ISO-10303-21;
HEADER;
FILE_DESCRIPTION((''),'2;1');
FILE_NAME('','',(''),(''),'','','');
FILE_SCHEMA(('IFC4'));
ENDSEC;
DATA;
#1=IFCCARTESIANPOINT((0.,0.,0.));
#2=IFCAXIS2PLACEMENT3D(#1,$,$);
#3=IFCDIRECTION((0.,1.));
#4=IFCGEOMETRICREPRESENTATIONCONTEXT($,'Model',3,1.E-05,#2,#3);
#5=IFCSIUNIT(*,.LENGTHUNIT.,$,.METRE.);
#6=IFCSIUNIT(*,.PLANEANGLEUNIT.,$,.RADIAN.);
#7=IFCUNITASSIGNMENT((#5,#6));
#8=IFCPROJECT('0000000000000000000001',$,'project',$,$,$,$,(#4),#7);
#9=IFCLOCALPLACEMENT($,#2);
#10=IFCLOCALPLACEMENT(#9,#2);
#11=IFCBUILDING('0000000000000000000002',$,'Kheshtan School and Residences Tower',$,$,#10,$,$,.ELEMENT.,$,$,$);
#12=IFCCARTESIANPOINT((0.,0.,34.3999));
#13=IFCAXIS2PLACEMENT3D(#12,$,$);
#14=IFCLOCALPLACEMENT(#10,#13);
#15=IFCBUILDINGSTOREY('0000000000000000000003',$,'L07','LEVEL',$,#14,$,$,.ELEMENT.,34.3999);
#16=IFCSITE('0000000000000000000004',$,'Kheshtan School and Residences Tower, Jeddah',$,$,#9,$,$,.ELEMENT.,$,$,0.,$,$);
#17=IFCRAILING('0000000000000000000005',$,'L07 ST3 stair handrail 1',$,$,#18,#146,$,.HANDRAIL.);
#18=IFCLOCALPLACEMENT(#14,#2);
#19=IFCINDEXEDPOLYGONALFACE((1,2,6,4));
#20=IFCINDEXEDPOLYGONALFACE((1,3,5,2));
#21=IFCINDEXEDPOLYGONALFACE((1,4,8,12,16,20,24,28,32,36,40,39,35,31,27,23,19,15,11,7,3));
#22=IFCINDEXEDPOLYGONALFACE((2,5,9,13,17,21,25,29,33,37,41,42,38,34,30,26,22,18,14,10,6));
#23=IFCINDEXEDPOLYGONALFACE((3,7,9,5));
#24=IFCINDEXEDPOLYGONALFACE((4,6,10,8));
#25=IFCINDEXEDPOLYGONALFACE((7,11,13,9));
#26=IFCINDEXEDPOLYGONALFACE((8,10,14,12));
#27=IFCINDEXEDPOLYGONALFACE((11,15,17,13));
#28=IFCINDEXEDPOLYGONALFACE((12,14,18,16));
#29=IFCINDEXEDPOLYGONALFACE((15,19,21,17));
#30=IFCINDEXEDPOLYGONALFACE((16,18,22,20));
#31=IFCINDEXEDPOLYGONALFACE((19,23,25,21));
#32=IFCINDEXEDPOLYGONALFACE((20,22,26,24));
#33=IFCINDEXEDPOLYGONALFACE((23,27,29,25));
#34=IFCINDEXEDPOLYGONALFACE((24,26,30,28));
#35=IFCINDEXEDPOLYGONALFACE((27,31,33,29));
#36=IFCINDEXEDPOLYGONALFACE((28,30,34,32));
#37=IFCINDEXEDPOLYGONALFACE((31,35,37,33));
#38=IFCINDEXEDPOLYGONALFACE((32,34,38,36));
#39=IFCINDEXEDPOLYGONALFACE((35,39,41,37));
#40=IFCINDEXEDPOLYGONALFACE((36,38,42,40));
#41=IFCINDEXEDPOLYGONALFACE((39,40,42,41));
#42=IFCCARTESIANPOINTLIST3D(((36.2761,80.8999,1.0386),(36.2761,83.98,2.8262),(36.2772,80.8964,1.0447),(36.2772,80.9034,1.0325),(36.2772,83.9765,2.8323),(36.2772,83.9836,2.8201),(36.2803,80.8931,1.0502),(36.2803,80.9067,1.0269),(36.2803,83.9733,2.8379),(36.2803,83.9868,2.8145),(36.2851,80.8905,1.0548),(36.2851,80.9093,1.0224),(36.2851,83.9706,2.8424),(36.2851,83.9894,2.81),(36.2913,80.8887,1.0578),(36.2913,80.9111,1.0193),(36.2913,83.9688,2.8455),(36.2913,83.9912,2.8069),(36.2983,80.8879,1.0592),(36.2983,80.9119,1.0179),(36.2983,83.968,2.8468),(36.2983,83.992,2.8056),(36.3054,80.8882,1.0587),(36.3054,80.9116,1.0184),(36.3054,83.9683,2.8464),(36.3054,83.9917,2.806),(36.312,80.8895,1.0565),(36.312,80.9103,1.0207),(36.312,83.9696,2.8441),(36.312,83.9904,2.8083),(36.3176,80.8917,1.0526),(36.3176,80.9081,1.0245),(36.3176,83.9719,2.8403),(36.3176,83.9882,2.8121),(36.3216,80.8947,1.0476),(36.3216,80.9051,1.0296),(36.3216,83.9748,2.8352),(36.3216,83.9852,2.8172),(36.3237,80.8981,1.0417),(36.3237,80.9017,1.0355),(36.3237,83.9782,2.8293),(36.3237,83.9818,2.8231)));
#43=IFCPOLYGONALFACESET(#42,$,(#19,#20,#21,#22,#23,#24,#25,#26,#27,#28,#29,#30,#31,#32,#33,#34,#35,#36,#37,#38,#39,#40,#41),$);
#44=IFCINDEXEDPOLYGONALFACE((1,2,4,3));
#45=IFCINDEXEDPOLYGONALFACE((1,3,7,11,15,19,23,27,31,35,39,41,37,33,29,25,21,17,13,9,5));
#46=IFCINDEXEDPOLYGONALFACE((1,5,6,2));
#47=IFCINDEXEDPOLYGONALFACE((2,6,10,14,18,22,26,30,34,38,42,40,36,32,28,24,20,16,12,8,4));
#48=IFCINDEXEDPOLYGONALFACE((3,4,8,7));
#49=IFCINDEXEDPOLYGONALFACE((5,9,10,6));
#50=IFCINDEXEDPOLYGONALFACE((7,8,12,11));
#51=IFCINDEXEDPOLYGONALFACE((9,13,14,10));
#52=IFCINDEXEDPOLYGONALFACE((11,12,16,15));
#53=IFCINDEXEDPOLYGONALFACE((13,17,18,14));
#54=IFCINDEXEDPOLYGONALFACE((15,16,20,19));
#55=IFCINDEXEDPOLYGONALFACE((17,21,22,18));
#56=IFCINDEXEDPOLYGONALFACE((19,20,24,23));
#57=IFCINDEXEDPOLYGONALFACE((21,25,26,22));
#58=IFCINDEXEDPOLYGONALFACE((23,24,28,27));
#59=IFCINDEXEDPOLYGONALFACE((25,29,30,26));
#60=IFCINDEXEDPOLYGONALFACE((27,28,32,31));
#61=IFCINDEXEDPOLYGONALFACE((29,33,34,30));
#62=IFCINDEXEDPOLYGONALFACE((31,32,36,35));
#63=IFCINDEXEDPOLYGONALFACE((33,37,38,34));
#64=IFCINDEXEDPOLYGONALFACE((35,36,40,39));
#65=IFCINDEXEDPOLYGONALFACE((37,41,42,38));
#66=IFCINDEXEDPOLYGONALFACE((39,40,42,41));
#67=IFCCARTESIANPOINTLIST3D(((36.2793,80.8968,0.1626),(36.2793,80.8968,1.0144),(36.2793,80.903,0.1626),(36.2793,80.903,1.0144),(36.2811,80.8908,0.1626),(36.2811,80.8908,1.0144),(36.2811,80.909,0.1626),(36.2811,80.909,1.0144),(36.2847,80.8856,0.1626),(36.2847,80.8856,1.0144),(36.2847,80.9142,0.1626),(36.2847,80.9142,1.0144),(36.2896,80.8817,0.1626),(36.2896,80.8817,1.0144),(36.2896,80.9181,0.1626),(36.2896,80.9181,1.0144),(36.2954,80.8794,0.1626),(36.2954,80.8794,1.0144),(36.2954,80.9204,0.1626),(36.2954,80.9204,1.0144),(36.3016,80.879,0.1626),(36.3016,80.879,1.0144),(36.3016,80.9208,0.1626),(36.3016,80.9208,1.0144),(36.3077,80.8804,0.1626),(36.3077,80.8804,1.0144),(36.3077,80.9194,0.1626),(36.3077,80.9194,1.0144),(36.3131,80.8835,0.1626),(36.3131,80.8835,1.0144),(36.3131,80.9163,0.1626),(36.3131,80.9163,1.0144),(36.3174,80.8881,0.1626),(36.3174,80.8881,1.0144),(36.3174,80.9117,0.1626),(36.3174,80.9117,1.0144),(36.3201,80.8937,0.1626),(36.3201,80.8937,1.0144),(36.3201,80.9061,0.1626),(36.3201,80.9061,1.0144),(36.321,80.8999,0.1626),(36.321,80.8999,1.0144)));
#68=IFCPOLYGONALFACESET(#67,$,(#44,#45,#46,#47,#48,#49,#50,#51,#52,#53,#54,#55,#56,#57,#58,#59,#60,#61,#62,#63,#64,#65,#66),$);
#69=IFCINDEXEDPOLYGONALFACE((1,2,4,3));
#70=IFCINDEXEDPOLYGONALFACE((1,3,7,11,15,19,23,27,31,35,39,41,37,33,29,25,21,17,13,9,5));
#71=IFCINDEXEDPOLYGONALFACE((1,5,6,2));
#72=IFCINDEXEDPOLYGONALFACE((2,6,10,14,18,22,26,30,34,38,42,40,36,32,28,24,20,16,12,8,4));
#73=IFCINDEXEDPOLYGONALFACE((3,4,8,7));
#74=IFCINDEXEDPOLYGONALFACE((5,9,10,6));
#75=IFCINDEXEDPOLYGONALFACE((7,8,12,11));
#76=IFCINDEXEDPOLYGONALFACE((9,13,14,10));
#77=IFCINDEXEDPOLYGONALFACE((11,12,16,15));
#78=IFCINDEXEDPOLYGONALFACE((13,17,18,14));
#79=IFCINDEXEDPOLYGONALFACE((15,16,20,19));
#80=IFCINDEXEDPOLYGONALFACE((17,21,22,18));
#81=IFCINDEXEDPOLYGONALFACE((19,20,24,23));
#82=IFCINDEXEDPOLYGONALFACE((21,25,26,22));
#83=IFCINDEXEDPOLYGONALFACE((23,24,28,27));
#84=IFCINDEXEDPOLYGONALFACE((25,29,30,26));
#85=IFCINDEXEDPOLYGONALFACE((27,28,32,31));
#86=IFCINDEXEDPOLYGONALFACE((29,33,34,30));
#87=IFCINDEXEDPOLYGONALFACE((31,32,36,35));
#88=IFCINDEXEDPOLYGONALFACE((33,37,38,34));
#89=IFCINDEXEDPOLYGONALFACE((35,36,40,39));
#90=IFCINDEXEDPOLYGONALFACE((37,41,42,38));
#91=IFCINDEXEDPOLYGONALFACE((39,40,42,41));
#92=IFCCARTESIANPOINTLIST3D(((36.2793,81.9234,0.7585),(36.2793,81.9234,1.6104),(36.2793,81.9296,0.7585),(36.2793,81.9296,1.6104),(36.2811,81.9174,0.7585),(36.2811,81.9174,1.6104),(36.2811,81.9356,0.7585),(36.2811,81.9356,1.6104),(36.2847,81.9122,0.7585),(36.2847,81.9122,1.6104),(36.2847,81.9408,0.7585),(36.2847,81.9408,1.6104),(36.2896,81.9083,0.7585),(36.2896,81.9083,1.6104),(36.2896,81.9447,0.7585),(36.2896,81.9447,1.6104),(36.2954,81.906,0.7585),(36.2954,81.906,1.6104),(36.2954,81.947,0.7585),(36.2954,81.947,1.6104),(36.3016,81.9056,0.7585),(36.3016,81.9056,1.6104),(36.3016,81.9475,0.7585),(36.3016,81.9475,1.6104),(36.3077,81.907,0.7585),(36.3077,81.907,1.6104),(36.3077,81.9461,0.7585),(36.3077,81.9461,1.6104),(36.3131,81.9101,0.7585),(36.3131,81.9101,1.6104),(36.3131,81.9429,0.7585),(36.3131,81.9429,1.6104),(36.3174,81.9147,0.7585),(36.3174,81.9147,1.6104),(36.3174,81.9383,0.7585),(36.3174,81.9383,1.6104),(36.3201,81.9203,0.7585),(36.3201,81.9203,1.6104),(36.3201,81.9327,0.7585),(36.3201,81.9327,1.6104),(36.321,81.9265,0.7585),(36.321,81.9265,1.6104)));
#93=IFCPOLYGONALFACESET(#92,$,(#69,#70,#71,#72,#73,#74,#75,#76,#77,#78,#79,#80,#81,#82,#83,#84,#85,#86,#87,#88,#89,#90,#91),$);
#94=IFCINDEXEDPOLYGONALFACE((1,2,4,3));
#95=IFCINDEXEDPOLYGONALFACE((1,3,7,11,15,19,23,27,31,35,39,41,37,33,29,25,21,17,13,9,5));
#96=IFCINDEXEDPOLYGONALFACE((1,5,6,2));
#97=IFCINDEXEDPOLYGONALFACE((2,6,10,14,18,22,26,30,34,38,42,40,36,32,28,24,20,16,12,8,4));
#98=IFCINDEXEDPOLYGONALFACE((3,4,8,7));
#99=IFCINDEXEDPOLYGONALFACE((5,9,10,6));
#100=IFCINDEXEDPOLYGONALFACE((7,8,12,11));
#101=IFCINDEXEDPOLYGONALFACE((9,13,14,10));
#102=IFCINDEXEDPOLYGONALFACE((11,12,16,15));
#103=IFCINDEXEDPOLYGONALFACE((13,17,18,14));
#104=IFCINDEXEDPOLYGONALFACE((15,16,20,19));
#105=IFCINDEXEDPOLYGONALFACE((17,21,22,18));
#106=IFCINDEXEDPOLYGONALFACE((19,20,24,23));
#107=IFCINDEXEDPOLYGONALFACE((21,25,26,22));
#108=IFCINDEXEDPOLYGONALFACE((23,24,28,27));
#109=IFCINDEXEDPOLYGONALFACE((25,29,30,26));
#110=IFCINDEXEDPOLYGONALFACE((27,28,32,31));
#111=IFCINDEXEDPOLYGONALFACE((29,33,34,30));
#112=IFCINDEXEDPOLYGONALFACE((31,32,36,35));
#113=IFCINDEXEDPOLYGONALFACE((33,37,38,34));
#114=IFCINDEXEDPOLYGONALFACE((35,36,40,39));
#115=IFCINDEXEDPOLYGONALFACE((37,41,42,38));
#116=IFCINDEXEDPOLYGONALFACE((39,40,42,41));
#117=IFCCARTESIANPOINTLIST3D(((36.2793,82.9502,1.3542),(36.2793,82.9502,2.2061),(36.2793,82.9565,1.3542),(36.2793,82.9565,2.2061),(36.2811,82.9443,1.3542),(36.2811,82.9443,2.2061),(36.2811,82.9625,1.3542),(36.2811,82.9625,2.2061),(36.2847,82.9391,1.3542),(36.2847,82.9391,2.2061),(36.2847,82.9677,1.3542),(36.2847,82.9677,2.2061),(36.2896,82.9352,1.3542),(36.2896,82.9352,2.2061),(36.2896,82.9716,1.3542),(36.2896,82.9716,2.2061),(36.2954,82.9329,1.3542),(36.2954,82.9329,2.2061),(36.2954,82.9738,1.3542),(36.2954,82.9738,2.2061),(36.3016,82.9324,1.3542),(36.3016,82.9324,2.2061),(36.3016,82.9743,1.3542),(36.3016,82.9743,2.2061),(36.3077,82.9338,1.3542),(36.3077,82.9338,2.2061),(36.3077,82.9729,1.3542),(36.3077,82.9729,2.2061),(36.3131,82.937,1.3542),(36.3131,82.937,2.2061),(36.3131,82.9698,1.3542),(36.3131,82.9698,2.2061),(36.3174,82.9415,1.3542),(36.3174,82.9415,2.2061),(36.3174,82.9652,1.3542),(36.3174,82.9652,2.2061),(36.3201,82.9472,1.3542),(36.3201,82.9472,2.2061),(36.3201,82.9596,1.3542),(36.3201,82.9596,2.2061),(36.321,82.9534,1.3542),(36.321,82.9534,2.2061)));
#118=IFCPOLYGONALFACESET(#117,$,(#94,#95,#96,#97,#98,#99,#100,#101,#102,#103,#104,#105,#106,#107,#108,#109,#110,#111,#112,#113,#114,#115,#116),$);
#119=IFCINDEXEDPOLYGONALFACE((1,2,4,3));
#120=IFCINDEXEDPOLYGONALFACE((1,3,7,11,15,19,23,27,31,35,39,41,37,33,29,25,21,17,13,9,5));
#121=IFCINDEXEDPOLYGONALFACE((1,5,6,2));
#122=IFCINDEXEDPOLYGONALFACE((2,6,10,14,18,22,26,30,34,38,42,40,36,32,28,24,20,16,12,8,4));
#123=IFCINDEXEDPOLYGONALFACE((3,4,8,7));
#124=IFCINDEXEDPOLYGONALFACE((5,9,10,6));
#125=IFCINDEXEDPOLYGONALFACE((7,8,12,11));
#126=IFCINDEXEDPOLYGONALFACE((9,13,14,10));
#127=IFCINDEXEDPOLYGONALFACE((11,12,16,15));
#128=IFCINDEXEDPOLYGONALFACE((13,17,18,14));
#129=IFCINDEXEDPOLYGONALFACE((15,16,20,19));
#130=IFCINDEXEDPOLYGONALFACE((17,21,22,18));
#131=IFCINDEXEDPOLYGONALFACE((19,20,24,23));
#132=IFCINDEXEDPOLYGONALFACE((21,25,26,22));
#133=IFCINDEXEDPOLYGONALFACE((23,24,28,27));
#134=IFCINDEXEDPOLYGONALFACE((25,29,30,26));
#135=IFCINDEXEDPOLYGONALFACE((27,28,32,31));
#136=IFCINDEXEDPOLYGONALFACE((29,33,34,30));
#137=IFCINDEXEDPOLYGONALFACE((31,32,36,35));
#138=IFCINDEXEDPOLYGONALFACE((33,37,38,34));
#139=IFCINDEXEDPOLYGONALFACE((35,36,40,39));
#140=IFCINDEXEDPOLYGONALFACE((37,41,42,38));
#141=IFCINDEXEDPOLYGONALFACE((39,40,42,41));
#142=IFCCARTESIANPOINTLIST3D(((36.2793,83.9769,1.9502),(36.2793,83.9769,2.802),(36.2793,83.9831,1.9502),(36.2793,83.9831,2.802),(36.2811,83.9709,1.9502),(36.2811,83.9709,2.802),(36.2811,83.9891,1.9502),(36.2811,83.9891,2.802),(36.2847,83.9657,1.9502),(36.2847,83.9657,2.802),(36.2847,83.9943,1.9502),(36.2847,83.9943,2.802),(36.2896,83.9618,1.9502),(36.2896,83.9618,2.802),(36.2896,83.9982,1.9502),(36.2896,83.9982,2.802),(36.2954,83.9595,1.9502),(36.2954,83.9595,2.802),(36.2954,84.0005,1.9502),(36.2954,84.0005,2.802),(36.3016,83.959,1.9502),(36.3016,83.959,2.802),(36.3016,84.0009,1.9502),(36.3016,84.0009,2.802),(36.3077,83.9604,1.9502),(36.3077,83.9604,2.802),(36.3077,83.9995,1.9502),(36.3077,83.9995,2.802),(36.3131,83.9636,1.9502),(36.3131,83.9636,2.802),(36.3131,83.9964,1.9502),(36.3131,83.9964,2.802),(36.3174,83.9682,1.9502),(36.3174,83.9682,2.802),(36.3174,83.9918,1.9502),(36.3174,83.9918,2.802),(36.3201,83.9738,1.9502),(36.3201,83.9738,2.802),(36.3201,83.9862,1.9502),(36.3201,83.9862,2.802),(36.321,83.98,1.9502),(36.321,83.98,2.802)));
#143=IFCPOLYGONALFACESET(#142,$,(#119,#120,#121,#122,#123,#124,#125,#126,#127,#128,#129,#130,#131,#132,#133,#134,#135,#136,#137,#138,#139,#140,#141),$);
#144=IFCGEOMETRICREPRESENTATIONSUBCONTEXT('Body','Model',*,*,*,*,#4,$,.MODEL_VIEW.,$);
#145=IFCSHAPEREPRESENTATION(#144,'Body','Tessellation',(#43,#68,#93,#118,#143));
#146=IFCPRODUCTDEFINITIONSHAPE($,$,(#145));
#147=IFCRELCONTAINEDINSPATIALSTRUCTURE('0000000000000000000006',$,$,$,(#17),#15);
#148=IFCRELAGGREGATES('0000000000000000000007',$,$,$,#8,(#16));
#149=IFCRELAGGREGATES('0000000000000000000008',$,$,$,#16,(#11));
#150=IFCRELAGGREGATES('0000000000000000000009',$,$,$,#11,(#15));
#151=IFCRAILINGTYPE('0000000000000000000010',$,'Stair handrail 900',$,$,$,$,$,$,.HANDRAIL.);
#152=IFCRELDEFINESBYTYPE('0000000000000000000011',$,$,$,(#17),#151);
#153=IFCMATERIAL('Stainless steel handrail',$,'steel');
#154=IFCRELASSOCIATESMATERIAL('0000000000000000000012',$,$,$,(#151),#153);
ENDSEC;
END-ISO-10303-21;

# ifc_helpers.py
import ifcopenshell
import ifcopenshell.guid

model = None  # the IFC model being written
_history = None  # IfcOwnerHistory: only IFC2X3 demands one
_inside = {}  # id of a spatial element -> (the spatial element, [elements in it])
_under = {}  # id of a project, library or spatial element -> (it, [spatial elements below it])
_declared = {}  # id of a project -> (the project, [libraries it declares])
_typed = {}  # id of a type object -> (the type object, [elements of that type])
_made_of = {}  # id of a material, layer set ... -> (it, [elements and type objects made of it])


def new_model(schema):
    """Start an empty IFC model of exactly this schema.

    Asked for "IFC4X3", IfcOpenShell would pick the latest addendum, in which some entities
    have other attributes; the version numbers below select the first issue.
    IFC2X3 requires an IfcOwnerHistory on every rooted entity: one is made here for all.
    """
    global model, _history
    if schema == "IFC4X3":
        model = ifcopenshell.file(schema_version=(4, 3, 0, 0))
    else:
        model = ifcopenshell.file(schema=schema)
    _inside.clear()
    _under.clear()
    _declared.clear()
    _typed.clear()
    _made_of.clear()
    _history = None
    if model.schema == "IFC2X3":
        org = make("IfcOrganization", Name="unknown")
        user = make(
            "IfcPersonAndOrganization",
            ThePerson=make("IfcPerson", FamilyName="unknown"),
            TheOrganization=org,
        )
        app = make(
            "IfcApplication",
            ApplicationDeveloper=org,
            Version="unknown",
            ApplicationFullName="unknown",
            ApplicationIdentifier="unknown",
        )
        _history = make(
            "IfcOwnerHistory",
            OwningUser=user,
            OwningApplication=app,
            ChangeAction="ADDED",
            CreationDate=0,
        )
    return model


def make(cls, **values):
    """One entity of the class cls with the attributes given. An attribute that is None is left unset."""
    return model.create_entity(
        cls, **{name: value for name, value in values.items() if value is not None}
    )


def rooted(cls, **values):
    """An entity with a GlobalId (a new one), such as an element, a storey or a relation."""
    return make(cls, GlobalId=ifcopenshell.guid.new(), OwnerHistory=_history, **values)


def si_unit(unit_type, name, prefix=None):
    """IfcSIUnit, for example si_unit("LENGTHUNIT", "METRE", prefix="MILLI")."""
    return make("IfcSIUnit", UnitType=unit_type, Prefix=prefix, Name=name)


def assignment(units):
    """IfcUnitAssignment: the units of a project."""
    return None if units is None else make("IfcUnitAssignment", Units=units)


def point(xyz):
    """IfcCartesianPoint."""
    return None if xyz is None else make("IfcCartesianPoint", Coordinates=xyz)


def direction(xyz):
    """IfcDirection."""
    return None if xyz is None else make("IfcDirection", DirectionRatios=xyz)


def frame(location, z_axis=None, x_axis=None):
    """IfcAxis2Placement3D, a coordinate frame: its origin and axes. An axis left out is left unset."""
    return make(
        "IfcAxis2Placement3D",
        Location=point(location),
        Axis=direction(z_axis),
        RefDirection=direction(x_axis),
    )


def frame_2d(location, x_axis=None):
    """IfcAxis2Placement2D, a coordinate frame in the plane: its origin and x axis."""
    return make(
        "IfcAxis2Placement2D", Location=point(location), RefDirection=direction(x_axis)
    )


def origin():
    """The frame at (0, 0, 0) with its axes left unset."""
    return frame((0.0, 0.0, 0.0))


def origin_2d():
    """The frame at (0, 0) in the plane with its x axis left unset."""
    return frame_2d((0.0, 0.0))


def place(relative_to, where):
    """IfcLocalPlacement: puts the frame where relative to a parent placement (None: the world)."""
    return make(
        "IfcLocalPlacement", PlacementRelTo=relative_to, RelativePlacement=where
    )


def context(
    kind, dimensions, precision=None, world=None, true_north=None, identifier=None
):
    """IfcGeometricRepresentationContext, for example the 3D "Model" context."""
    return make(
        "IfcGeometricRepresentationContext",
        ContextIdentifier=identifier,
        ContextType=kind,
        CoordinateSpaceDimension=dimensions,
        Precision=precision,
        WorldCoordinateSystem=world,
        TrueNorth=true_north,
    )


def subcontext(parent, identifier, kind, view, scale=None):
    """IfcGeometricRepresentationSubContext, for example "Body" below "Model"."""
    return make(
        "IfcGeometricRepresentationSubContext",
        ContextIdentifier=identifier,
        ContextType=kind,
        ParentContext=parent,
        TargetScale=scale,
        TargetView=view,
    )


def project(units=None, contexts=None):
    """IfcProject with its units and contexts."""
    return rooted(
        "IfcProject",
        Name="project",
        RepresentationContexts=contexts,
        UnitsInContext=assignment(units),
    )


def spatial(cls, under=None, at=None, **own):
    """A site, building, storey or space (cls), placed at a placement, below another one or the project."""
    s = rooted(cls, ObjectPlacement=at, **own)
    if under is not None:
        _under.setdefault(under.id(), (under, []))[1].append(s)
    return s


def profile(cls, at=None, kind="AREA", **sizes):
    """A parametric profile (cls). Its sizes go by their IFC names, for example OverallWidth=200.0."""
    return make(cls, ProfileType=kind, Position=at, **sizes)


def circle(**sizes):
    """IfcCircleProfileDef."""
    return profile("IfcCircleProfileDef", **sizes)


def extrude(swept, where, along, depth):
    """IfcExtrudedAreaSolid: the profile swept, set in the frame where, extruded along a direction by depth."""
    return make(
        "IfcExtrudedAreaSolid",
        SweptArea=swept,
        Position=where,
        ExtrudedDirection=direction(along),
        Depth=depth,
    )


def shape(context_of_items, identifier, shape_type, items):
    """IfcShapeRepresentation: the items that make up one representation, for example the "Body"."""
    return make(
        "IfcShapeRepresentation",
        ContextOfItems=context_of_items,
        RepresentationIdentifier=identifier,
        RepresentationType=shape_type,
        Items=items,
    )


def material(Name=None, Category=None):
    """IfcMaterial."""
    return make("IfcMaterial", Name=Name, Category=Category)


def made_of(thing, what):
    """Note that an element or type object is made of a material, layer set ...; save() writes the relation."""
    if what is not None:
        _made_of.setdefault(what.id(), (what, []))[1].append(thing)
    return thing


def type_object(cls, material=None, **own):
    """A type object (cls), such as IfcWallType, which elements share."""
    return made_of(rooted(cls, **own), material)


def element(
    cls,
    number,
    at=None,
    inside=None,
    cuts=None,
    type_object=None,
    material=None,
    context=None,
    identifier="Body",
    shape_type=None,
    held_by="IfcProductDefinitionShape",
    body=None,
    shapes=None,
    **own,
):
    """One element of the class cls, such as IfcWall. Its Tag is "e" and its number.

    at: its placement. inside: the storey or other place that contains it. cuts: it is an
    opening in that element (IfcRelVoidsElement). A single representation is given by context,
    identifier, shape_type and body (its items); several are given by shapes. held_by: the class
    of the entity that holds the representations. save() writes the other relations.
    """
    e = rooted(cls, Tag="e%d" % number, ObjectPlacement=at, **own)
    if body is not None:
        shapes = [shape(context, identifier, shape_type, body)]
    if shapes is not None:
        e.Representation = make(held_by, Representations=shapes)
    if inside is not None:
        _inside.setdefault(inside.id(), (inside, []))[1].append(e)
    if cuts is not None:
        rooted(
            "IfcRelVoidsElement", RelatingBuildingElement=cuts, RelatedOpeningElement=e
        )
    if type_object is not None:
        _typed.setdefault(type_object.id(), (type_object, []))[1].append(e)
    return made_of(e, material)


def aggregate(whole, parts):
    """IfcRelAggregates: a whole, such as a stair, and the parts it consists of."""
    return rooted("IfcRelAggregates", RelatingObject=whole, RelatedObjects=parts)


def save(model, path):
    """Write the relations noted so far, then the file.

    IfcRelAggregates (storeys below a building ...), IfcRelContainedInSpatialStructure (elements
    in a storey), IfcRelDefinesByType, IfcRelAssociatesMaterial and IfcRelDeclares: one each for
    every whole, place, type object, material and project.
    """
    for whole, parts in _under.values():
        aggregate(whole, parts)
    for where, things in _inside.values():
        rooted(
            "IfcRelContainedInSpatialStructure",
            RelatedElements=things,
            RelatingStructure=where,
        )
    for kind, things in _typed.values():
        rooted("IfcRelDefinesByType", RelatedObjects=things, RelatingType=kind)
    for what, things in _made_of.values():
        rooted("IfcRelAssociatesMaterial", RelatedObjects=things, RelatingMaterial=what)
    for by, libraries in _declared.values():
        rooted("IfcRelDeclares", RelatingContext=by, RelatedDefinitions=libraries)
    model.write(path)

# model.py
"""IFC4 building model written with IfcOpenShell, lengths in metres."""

from ifc_helpers import new_model, si_unit, direction, frame, origin, origin_2d, place, context, subcontext, project, spatial, circle, extrude, material, type_object, element, save


model = new_model("IFC4")

# Units and contexts
model_context = context("Model", 3, precision=1e-05, world=origin(), true_north=direction((0.0, 1.0)))
body_context = subcontext(model_context, "Body", "Model", "MODEL_VIEW")
ifc_project = project(units=[si_unit("LENGTHUNIT", "METRE"), si_unit("PLANEANGLEUNIT", "RADIAN")], contexts=[model_context])

# Site, building, storey
site_placement = place(None, origin())
site = spatial("IfcSite", under=ifc_project, at=site_placement, Name="Kheshtan School and Residences Tower, Jeddah", CompositionType="ELEMENT", RefElevation=0.0)
building_placement = place(site_placement, origin())
building = spatial("IfcBuilding", under=site, at=building_placement, Name="Kheshtan School and Residences Tower", CompositionType="ELEMENT")
storey_placement = place(building_placement, frame((0.0, 0.0, 34.3999)))
storey = spatial("IfcBuildingStorey", under=building, at=storey_placement, Name="L07", Description="LEVEL", CompositionType="ELEMENT", Elevation=34.3999)

# Railing
ifc_material_1 = material(Name="Stainless steel handrail", Category="steel")
railing_type_1 = type_object("IfcRailingType", Name="Stair handrail 900", PredefinedType="HANDRAIL", material=ifc_material_1)
railing_1_placement = place(storey_placement, frame((36.3, 80.8999, 0.1626)))
element("IfcRailing", 1, at=railing_1_placement, inside=storey, type_object=railing_type_1, Name="L07 ST3 stair handrail 1", PredefinedType="HANDRAIL", context=body_context, shape_type="SweptSolid", body=[
    extrude(circle(Radius=0.0239, at=origin_2d()), frame((0.0, 0.0, 0.876), z_axis=(0.0, 0.864891, 0.50196), x_axis=(-1.0, 0.0, 0.0)), (0.0, 0.0, 1.0), 3.5613),
    extrude(circle(Radius=0.021, at=origin_2d()), origin(), (0.0, 0.0, 1.0), 0.8518),
    extrude(circle(Radius=0.021, at=origin_2d()), frame((0.0, 1.0266, 0.5959)), (0.0, 0.0, 1.0), 0.8518),
    extrude(circle(Radius=0.021, at=origin_2d()), frame((0.0, 2.0535, 1.1917)), (0.0, 0.0, 1.0), 0.8518),
    extrude(circle(Radius=0.021, at=origin_2d()), frame((0.0, 3.0801, 1.7876)), (0.0, 0.0, 1.0), 0.8518),
])

save(model, "model.ifc")
